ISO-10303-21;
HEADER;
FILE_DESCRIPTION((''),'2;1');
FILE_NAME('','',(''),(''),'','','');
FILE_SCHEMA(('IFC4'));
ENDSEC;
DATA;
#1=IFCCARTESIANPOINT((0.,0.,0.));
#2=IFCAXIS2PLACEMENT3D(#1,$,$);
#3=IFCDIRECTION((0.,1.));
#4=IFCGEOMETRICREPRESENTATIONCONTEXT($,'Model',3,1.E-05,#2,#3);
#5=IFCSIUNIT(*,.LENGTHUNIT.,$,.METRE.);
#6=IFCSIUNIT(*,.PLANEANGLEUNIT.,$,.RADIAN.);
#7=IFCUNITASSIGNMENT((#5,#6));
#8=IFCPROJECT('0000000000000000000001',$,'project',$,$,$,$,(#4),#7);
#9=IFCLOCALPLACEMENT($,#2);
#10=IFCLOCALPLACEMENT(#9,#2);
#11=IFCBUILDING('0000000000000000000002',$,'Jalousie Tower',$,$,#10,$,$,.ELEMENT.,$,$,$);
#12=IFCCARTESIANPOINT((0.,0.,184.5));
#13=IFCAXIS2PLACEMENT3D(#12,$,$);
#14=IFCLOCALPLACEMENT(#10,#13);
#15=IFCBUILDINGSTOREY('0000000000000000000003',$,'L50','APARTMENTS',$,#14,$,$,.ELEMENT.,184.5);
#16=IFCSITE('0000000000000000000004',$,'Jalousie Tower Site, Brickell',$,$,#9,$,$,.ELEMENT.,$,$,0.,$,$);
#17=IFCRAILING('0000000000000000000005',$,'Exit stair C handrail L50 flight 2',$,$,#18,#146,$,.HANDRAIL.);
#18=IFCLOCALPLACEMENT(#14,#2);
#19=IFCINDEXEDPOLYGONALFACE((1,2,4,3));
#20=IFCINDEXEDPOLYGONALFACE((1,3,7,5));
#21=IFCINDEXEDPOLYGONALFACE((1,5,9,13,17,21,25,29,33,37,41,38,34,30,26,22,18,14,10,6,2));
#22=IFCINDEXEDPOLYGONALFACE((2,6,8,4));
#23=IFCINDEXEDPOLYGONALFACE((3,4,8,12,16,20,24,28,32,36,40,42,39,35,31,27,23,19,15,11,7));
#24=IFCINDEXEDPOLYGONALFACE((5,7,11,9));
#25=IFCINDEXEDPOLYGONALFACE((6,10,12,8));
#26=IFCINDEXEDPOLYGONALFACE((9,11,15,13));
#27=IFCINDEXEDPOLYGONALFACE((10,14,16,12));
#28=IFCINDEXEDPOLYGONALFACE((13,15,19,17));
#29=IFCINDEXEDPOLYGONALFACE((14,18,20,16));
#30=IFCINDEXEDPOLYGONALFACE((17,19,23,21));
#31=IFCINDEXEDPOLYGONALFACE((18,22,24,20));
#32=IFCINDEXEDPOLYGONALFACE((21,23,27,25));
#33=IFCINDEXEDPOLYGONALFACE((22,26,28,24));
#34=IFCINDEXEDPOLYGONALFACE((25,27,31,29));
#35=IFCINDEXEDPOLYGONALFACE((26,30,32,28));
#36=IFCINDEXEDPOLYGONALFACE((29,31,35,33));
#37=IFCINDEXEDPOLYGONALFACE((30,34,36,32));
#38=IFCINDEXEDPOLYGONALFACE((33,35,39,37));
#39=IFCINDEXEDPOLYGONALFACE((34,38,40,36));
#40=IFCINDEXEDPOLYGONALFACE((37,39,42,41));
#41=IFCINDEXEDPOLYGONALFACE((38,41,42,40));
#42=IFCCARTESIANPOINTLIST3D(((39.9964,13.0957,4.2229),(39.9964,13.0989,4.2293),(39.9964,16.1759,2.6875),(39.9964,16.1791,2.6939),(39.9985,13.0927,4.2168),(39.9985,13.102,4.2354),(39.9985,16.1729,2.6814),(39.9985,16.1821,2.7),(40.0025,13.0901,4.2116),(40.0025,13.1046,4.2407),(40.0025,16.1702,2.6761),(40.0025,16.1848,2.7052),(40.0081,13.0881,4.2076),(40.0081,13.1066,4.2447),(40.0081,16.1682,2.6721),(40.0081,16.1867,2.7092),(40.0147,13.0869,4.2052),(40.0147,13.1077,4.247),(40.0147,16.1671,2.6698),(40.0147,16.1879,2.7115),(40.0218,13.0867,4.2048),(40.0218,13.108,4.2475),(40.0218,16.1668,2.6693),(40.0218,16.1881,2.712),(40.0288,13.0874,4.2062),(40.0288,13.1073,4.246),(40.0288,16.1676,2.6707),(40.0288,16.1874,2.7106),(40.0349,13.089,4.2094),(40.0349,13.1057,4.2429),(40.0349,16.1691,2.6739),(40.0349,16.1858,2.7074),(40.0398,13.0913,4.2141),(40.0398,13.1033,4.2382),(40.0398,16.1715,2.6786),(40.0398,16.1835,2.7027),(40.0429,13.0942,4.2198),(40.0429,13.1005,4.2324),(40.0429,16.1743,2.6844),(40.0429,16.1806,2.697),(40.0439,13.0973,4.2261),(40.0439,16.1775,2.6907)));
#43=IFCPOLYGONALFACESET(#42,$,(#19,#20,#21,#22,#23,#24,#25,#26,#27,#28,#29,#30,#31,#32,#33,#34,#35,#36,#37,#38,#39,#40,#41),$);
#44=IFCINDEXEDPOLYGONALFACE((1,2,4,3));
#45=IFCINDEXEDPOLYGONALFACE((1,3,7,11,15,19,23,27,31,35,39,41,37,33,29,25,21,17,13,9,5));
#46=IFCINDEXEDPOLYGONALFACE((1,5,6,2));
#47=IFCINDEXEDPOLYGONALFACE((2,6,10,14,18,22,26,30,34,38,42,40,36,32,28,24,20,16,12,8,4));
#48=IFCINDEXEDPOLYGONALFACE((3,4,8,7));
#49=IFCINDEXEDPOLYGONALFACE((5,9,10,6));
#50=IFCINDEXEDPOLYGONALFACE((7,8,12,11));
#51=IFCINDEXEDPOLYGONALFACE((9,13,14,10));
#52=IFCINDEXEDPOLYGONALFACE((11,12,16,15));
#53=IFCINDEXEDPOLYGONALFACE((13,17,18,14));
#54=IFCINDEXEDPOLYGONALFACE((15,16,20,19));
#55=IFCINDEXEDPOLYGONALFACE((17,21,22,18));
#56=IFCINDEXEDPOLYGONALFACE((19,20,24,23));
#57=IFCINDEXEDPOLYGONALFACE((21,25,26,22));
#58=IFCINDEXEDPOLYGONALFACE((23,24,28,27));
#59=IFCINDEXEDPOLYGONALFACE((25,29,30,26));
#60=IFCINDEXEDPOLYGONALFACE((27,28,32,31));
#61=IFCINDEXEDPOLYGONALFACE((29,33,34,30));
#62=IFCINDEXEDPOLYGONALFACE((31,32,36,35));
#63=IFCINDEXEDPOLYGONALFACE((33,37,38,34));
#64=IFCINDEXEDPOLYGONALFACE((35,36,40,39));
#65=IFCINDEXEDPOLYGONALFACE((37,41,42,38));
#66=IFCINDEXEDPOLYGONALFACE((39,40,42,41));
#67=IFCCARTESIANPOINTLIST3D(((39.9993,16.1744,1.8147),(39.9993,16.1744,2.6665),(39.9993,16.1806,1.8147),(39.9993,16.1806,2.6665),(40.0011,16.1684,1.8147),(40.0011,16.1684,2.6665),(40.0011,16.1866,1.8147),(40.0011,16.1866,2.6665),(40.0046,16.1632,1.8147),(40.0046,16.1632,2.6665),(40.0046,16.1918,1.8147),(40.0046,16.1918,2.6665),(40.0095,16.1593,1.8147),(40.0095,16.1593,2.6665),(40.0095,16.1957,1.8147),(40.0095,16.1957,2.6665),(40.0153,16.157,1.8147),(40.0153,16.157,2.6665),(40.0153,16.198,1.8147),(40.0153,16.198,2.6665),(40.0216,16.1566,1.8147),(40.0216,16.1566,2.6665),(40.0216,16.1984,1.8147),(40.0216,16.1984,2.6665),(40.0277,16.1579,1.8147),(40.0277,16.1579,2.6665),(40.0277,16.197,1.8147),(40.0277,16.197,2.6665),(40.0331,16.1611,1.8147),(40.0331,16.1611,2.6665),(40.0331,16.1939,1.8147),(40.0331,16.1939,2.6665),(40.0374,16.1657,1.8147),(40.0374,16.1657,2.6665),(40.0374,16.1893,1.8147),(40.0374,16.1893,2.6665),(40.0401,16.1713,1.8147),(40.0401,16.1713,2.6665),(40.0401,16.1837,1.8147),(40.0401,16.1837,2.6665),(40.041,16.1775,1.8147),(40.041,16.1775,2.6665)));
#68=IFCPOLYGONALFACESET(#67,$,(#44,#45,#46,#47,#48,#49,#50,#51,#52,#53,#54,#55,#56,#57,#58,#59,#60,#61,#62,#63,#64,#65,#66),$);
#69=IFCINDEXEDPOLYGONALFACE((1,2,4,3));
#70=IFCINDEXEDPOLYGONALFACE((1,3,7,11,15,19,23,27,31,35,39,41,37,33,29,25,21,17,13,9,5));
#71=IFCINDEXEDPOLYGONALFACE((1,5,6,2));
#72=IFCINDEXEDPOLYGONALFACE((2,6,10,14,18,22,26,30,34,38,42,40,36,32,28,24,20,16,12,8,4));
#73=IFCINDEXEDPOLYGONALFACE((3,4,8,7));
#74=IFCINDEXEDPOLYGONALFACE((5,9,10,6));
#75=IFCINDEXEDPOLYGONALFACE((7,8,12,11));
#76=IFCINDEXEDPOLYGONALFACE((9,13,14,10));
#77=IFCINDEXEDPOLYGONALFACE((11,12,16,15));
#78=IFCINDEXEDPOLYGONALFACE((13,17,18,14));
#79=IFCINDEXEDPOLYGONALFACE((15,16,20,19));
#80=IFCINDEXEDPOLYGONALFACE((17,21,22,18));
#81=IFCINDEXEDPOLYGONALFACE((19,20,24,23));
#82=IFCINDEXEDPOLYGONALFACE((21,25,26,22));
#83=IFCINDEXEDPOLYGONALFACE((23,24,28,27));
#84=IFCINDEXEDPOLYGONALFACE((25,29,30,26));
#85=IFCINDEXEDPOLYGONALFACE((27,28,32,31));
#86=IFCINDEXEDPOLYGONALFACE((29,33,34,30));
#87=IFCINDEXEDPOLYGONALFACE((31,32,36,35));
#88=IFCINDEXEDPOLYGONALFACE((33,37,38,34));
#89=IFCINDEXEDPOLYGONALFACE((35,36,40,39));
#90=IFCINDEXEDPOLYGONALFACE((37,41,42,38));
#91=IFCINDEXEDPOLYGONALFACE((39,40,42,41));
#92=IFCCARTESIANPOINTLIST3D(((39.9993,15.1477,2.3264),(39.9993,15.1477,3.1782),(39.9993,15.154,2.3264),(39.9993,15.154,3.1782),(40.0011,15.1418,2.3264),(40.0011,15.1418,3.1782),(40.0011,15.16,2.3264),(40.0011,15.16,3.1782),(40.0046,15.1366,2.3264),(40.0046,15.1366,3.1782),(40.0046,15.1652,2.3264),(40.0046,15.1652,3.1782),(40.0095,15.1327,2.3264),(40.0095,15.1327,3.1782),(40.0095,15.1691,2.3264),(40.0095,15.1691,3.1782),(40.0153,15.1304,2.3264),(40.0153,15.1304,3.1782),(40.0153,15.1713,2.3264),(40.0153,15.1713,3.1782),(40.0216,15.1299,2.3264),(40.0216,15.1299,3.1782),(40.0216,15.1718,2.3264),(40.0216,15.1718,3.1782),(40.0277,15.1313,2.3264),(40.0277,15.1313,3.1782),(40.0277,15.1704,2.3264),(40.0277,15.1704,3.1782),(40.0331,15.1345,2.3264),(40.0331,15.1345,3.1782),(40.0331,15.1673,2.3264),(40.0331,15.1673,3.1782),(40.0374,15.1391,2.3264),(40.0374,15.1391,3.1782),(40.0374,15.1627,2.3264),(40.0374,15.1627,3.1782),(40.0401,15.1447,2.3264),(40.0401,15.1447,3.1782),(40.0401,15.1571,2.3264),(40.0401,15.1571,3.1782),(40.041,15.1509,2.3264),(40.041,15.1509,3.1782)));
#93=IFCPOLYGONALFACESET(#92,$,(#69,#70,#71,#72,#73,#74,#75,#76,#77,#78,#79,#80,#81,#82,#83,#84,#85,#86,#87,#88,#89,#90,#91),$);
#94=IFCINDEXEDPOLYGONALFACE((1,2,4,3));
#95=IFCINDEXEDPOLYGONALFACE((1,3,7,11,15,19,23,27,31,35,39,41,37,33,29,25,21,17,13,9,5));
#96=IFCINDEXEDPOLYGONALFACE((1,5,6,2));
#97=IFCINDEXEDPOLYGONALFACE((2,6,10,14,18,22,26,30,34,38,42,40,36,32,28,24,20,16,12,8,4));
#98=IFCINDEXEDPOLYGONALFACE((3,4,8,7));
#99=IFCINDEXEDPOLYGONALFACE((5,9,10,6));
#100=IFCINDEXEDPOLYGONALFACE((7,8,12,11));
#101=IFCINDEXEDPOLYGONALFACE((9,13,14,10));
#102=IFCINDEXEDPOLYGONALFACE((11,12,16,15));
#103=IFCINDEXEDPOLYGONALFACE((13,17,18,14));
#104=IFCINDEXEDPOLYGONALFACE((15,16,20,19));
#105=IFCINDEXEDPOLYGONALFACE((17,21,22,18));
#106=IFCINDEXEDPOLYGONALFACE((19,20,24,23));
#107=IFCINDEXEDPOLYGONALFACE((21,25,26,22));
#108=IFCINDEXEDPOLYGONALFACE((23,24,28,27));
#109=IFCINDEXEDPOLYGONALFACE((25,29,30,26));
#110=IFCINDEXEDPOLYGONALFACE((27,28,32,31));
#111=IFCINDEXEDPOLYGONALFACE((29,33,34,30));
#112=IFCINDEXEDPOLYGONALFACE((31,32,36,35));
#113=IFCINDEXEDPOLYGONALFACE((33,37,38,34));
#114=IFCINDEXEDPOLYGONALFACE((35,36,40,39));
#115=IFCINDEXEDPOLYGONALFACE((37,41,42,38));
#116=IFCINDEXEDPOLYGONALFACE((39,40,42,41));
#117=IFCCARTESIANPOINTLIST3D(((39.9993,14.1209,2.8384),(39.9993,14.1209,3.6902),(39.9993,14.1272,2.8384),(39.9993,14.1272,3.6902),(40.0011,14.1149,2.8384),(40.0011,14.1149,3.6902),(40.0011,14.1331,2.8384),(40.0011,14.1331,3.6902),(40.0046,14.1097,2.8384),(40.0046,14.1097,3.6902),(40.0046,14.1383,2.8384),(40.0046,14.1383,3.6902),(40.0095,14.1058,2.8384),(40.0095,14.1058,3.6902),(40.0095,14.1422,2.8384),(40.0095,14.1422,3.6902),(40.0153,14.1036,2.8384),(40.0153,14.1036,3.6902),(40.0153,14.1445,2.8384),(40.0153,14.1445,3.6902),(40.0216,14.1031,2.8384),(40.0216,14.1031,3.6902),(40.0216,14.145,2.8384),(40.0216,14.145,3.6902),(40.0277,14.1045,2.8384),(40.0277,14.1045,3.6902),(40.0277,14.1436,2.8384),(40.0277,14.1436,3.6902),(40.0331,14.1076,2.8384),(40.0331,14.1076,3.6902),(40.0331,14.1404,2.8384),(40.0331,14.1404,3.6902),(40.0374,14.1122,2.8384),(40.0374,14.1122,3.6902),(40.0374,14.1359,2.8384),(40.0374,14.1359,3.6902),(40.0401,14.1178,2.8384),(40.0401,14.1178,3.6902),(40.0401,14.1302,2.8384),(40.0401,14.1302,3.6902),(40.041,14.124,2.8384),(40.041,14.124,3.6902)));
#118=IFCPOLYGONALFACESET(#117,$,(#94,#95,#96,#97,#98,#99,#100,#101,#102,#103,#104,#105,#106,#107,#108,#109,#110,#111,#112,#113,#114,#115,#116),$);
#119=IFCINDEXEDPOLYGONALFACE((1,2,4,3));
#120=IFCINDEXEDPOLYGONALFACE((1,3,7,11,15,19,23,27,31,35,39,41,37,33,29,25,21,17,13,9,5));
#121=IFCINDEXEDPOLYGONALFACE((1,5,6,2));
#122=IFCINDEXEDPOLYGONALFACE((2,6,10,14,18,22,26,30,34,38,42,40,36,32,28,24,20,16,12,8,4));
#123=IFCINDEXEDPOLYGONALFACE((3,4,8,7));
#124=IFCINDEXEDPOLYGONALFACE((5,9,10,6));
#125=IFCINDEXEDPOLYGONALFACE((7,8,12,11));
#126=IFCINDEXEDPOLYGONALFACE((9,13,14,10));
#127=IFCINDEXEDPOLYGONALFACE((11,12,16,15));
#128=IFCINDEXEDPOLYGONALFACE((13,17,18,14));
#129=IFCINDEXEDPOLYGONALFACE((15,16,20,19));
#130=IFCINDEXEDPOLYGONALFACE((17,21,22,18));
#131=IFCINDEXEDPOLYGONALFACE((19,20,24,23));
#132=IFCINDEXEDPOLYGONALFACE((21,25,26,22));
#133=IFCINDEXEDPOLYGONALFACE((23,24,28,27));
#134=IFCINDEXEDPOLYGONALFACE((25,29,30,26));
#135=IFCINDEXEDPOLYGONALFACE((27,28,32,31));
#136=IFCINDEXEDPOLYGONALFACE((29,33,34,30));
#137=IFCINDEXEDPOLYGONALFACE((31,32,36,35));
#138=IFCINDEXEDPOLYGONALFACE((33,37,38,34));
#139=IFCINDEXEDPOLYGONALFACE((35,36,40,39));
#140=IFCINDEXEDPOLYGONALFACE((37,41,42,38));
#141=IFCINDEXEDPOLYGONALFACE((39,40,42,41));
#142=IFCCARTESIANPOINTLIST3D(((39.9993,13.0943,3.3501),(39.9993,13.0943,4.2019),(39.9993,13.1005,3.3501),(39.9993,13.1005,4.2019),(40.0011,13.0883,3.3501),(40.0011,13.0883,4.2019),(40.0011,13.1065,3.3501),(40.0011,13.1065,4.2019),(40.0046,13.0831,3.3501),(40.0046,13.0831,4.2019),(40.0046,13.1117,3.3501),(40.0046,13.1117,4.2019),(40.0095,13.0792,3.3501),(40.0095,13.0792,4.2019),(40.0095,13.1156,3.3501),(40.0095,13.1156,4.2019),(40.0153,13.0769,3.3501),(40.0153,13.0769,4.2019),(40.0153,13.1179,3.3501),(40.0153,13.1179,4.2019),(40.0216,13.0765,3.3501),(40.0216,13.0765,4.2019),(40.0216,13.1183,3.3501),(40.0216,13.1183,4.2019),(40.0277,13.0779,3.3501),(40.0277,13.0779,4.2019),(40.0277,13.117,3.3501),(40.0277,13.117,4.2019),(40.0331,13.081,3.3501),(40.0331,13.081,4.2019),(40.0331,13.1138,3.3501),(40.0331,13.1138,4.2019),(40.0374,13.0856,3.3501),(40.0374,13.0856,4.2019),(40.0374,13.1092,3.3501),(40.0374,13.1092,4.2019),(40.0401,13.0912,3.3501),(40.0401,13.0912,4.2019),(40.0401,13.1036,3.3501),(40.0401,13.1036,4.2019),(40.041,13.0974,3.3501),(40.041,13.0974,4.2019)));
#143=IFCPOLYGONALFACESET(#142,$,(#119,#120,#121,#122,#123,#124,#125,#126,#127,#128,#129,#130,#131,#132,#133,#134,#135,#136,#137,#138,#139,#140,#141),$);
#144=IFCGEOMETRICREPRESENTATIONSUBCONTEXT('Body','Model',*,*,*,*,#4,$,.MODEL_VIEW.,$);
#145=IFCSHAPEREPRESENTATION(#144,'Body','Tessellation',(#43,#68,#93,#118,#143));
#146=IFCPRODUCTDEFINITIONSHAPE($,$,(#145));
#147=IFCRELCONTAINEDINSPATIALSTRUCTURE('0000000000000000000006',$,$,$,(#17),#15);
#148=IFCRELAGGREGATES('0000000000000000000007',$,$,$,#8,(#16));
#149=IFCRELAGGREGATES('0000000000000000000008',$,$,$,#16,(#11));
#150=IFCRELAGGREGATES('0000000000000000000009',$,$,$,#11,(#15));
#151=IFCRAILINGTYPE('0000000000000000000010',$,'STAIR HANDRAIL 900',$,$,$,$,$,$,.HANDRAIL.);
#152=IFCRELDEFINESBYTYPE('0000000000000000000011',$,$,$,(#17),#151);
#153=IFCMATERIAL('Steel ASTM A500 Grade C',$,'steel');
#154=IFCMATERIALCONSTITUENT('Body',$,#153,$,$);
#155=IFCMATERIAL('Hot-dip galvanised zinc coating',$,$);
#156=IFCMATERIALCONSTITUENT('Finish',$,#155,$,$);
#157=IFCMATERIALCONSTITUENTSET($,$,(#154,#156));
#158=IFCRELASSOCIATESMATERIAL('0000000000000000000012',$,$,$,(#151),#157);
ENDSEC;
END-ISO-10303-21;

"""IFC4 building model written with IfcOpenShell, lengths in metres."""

from ifc_helpers import new_model, si_unit, direction, frame, origin, origin_2d, place, context, subcontext, project, spatial, circle, extrude, material, constituent, constituent_set, type_object, element, save


model = new_model("IFC4")

# Units and contexts
model_context = context("Model", 3, precision=1e-05, world=origin(), true_north=direction((0.0, 1.0)))
body_context = subcontext(model_context, "Body", "Model", "MODEL_VIEW")
ifc_project = project(units=[si_unit("LENGTHUNIT", "METRE"), si_unit("PLANEANGLEUNIT", "RADIAN")], contexts=[model_context])

# Site, building, storey
site_placement = place(None, origin())
site = spatial("IfcSite", under=ifc_project, at=site_placement, Name="Jalousie Tower Site, Brickell", CompositionType="ELEMENT", RefElevation=0.0)
building_placement = place(site_placement, origin())
building = spatial("IfcBuilding", under=site, at=building_placement, Name="Jalousie Tower", CompositionType="ELEMENT")
storey_placement = place(building_placement, frame((0.0, 0.0, 184.5)))
storey = spatial("IfcBuildingStorey", under=building, at=storey_placement, Name="L50", Description="APARTMENTS", CompositionType="ELEMENT", Elevation=184.5)

# Railing
ifc_material_1 = material(Name="Steel ASTM A500 Grade C", Category="steel")
ifc_constituent_1 = constituent(ifc_material_1, Name="Body")
ifc_material_2 = material(Name="Hot-dip galvanised zinc coating")
ifc_constituent_2 = constituent(ifc_material_2, Name="Finish")
ifc_constituent_set_1 = constituent_set(constituents=[ifc_constituent_1, ifc_constituent_2])
railing_type_1 = type_object("IfcRailingType", Name="STAIR HANDRAIL 900", PredefinedType="HANDRAIL", material=ifc_constituent_set_1)
railing_1_placement = place(storey_placement, frame((40.02, 16.1775, 1.8147)))
element("IfcRailing", 1, at=railing_1_placement, inside=storey, type_object=railing_type_1, Name="Exit stair C handrail L50 flight 2", PredefinedType="HANDRAIL", context=body_context, shape_type="SweptSolid", body=[
    extrude(circle(Radius=0.0239, at=origin_2d()), frame((0.0, 0.0, 0.876), z_axis=(0.0, -0.894966, 0.446135), x_axis=(1.0, 0.0, 0.0)), (0.0, 0.0, 1.0), 3.4417),
    extrude(circle(Radius=0.021, at=origin_2d()), origin(), (0.0, 0.0, 1.0), 0.8518),
    extrude(circle(Radius=0.021, at=origin_2d()), frame((0.0, -1.0266, 0.5117)), (0.0, 0.0, 1.0), 0.8518),
    extrude(circle(Radius=0.021, at=origin_2d()), frame((0.0, -2.0535, 1.0237)), (0.0, 0.0, 1.0), 0.8518),
    extrude(circle(Radius=0.021, at=origin_2d()), frame((0.0, -3.0801, 1.5354)), (0.0, 0.0, 1.0), 0.8518),
])

save(model, "model.ifc")
